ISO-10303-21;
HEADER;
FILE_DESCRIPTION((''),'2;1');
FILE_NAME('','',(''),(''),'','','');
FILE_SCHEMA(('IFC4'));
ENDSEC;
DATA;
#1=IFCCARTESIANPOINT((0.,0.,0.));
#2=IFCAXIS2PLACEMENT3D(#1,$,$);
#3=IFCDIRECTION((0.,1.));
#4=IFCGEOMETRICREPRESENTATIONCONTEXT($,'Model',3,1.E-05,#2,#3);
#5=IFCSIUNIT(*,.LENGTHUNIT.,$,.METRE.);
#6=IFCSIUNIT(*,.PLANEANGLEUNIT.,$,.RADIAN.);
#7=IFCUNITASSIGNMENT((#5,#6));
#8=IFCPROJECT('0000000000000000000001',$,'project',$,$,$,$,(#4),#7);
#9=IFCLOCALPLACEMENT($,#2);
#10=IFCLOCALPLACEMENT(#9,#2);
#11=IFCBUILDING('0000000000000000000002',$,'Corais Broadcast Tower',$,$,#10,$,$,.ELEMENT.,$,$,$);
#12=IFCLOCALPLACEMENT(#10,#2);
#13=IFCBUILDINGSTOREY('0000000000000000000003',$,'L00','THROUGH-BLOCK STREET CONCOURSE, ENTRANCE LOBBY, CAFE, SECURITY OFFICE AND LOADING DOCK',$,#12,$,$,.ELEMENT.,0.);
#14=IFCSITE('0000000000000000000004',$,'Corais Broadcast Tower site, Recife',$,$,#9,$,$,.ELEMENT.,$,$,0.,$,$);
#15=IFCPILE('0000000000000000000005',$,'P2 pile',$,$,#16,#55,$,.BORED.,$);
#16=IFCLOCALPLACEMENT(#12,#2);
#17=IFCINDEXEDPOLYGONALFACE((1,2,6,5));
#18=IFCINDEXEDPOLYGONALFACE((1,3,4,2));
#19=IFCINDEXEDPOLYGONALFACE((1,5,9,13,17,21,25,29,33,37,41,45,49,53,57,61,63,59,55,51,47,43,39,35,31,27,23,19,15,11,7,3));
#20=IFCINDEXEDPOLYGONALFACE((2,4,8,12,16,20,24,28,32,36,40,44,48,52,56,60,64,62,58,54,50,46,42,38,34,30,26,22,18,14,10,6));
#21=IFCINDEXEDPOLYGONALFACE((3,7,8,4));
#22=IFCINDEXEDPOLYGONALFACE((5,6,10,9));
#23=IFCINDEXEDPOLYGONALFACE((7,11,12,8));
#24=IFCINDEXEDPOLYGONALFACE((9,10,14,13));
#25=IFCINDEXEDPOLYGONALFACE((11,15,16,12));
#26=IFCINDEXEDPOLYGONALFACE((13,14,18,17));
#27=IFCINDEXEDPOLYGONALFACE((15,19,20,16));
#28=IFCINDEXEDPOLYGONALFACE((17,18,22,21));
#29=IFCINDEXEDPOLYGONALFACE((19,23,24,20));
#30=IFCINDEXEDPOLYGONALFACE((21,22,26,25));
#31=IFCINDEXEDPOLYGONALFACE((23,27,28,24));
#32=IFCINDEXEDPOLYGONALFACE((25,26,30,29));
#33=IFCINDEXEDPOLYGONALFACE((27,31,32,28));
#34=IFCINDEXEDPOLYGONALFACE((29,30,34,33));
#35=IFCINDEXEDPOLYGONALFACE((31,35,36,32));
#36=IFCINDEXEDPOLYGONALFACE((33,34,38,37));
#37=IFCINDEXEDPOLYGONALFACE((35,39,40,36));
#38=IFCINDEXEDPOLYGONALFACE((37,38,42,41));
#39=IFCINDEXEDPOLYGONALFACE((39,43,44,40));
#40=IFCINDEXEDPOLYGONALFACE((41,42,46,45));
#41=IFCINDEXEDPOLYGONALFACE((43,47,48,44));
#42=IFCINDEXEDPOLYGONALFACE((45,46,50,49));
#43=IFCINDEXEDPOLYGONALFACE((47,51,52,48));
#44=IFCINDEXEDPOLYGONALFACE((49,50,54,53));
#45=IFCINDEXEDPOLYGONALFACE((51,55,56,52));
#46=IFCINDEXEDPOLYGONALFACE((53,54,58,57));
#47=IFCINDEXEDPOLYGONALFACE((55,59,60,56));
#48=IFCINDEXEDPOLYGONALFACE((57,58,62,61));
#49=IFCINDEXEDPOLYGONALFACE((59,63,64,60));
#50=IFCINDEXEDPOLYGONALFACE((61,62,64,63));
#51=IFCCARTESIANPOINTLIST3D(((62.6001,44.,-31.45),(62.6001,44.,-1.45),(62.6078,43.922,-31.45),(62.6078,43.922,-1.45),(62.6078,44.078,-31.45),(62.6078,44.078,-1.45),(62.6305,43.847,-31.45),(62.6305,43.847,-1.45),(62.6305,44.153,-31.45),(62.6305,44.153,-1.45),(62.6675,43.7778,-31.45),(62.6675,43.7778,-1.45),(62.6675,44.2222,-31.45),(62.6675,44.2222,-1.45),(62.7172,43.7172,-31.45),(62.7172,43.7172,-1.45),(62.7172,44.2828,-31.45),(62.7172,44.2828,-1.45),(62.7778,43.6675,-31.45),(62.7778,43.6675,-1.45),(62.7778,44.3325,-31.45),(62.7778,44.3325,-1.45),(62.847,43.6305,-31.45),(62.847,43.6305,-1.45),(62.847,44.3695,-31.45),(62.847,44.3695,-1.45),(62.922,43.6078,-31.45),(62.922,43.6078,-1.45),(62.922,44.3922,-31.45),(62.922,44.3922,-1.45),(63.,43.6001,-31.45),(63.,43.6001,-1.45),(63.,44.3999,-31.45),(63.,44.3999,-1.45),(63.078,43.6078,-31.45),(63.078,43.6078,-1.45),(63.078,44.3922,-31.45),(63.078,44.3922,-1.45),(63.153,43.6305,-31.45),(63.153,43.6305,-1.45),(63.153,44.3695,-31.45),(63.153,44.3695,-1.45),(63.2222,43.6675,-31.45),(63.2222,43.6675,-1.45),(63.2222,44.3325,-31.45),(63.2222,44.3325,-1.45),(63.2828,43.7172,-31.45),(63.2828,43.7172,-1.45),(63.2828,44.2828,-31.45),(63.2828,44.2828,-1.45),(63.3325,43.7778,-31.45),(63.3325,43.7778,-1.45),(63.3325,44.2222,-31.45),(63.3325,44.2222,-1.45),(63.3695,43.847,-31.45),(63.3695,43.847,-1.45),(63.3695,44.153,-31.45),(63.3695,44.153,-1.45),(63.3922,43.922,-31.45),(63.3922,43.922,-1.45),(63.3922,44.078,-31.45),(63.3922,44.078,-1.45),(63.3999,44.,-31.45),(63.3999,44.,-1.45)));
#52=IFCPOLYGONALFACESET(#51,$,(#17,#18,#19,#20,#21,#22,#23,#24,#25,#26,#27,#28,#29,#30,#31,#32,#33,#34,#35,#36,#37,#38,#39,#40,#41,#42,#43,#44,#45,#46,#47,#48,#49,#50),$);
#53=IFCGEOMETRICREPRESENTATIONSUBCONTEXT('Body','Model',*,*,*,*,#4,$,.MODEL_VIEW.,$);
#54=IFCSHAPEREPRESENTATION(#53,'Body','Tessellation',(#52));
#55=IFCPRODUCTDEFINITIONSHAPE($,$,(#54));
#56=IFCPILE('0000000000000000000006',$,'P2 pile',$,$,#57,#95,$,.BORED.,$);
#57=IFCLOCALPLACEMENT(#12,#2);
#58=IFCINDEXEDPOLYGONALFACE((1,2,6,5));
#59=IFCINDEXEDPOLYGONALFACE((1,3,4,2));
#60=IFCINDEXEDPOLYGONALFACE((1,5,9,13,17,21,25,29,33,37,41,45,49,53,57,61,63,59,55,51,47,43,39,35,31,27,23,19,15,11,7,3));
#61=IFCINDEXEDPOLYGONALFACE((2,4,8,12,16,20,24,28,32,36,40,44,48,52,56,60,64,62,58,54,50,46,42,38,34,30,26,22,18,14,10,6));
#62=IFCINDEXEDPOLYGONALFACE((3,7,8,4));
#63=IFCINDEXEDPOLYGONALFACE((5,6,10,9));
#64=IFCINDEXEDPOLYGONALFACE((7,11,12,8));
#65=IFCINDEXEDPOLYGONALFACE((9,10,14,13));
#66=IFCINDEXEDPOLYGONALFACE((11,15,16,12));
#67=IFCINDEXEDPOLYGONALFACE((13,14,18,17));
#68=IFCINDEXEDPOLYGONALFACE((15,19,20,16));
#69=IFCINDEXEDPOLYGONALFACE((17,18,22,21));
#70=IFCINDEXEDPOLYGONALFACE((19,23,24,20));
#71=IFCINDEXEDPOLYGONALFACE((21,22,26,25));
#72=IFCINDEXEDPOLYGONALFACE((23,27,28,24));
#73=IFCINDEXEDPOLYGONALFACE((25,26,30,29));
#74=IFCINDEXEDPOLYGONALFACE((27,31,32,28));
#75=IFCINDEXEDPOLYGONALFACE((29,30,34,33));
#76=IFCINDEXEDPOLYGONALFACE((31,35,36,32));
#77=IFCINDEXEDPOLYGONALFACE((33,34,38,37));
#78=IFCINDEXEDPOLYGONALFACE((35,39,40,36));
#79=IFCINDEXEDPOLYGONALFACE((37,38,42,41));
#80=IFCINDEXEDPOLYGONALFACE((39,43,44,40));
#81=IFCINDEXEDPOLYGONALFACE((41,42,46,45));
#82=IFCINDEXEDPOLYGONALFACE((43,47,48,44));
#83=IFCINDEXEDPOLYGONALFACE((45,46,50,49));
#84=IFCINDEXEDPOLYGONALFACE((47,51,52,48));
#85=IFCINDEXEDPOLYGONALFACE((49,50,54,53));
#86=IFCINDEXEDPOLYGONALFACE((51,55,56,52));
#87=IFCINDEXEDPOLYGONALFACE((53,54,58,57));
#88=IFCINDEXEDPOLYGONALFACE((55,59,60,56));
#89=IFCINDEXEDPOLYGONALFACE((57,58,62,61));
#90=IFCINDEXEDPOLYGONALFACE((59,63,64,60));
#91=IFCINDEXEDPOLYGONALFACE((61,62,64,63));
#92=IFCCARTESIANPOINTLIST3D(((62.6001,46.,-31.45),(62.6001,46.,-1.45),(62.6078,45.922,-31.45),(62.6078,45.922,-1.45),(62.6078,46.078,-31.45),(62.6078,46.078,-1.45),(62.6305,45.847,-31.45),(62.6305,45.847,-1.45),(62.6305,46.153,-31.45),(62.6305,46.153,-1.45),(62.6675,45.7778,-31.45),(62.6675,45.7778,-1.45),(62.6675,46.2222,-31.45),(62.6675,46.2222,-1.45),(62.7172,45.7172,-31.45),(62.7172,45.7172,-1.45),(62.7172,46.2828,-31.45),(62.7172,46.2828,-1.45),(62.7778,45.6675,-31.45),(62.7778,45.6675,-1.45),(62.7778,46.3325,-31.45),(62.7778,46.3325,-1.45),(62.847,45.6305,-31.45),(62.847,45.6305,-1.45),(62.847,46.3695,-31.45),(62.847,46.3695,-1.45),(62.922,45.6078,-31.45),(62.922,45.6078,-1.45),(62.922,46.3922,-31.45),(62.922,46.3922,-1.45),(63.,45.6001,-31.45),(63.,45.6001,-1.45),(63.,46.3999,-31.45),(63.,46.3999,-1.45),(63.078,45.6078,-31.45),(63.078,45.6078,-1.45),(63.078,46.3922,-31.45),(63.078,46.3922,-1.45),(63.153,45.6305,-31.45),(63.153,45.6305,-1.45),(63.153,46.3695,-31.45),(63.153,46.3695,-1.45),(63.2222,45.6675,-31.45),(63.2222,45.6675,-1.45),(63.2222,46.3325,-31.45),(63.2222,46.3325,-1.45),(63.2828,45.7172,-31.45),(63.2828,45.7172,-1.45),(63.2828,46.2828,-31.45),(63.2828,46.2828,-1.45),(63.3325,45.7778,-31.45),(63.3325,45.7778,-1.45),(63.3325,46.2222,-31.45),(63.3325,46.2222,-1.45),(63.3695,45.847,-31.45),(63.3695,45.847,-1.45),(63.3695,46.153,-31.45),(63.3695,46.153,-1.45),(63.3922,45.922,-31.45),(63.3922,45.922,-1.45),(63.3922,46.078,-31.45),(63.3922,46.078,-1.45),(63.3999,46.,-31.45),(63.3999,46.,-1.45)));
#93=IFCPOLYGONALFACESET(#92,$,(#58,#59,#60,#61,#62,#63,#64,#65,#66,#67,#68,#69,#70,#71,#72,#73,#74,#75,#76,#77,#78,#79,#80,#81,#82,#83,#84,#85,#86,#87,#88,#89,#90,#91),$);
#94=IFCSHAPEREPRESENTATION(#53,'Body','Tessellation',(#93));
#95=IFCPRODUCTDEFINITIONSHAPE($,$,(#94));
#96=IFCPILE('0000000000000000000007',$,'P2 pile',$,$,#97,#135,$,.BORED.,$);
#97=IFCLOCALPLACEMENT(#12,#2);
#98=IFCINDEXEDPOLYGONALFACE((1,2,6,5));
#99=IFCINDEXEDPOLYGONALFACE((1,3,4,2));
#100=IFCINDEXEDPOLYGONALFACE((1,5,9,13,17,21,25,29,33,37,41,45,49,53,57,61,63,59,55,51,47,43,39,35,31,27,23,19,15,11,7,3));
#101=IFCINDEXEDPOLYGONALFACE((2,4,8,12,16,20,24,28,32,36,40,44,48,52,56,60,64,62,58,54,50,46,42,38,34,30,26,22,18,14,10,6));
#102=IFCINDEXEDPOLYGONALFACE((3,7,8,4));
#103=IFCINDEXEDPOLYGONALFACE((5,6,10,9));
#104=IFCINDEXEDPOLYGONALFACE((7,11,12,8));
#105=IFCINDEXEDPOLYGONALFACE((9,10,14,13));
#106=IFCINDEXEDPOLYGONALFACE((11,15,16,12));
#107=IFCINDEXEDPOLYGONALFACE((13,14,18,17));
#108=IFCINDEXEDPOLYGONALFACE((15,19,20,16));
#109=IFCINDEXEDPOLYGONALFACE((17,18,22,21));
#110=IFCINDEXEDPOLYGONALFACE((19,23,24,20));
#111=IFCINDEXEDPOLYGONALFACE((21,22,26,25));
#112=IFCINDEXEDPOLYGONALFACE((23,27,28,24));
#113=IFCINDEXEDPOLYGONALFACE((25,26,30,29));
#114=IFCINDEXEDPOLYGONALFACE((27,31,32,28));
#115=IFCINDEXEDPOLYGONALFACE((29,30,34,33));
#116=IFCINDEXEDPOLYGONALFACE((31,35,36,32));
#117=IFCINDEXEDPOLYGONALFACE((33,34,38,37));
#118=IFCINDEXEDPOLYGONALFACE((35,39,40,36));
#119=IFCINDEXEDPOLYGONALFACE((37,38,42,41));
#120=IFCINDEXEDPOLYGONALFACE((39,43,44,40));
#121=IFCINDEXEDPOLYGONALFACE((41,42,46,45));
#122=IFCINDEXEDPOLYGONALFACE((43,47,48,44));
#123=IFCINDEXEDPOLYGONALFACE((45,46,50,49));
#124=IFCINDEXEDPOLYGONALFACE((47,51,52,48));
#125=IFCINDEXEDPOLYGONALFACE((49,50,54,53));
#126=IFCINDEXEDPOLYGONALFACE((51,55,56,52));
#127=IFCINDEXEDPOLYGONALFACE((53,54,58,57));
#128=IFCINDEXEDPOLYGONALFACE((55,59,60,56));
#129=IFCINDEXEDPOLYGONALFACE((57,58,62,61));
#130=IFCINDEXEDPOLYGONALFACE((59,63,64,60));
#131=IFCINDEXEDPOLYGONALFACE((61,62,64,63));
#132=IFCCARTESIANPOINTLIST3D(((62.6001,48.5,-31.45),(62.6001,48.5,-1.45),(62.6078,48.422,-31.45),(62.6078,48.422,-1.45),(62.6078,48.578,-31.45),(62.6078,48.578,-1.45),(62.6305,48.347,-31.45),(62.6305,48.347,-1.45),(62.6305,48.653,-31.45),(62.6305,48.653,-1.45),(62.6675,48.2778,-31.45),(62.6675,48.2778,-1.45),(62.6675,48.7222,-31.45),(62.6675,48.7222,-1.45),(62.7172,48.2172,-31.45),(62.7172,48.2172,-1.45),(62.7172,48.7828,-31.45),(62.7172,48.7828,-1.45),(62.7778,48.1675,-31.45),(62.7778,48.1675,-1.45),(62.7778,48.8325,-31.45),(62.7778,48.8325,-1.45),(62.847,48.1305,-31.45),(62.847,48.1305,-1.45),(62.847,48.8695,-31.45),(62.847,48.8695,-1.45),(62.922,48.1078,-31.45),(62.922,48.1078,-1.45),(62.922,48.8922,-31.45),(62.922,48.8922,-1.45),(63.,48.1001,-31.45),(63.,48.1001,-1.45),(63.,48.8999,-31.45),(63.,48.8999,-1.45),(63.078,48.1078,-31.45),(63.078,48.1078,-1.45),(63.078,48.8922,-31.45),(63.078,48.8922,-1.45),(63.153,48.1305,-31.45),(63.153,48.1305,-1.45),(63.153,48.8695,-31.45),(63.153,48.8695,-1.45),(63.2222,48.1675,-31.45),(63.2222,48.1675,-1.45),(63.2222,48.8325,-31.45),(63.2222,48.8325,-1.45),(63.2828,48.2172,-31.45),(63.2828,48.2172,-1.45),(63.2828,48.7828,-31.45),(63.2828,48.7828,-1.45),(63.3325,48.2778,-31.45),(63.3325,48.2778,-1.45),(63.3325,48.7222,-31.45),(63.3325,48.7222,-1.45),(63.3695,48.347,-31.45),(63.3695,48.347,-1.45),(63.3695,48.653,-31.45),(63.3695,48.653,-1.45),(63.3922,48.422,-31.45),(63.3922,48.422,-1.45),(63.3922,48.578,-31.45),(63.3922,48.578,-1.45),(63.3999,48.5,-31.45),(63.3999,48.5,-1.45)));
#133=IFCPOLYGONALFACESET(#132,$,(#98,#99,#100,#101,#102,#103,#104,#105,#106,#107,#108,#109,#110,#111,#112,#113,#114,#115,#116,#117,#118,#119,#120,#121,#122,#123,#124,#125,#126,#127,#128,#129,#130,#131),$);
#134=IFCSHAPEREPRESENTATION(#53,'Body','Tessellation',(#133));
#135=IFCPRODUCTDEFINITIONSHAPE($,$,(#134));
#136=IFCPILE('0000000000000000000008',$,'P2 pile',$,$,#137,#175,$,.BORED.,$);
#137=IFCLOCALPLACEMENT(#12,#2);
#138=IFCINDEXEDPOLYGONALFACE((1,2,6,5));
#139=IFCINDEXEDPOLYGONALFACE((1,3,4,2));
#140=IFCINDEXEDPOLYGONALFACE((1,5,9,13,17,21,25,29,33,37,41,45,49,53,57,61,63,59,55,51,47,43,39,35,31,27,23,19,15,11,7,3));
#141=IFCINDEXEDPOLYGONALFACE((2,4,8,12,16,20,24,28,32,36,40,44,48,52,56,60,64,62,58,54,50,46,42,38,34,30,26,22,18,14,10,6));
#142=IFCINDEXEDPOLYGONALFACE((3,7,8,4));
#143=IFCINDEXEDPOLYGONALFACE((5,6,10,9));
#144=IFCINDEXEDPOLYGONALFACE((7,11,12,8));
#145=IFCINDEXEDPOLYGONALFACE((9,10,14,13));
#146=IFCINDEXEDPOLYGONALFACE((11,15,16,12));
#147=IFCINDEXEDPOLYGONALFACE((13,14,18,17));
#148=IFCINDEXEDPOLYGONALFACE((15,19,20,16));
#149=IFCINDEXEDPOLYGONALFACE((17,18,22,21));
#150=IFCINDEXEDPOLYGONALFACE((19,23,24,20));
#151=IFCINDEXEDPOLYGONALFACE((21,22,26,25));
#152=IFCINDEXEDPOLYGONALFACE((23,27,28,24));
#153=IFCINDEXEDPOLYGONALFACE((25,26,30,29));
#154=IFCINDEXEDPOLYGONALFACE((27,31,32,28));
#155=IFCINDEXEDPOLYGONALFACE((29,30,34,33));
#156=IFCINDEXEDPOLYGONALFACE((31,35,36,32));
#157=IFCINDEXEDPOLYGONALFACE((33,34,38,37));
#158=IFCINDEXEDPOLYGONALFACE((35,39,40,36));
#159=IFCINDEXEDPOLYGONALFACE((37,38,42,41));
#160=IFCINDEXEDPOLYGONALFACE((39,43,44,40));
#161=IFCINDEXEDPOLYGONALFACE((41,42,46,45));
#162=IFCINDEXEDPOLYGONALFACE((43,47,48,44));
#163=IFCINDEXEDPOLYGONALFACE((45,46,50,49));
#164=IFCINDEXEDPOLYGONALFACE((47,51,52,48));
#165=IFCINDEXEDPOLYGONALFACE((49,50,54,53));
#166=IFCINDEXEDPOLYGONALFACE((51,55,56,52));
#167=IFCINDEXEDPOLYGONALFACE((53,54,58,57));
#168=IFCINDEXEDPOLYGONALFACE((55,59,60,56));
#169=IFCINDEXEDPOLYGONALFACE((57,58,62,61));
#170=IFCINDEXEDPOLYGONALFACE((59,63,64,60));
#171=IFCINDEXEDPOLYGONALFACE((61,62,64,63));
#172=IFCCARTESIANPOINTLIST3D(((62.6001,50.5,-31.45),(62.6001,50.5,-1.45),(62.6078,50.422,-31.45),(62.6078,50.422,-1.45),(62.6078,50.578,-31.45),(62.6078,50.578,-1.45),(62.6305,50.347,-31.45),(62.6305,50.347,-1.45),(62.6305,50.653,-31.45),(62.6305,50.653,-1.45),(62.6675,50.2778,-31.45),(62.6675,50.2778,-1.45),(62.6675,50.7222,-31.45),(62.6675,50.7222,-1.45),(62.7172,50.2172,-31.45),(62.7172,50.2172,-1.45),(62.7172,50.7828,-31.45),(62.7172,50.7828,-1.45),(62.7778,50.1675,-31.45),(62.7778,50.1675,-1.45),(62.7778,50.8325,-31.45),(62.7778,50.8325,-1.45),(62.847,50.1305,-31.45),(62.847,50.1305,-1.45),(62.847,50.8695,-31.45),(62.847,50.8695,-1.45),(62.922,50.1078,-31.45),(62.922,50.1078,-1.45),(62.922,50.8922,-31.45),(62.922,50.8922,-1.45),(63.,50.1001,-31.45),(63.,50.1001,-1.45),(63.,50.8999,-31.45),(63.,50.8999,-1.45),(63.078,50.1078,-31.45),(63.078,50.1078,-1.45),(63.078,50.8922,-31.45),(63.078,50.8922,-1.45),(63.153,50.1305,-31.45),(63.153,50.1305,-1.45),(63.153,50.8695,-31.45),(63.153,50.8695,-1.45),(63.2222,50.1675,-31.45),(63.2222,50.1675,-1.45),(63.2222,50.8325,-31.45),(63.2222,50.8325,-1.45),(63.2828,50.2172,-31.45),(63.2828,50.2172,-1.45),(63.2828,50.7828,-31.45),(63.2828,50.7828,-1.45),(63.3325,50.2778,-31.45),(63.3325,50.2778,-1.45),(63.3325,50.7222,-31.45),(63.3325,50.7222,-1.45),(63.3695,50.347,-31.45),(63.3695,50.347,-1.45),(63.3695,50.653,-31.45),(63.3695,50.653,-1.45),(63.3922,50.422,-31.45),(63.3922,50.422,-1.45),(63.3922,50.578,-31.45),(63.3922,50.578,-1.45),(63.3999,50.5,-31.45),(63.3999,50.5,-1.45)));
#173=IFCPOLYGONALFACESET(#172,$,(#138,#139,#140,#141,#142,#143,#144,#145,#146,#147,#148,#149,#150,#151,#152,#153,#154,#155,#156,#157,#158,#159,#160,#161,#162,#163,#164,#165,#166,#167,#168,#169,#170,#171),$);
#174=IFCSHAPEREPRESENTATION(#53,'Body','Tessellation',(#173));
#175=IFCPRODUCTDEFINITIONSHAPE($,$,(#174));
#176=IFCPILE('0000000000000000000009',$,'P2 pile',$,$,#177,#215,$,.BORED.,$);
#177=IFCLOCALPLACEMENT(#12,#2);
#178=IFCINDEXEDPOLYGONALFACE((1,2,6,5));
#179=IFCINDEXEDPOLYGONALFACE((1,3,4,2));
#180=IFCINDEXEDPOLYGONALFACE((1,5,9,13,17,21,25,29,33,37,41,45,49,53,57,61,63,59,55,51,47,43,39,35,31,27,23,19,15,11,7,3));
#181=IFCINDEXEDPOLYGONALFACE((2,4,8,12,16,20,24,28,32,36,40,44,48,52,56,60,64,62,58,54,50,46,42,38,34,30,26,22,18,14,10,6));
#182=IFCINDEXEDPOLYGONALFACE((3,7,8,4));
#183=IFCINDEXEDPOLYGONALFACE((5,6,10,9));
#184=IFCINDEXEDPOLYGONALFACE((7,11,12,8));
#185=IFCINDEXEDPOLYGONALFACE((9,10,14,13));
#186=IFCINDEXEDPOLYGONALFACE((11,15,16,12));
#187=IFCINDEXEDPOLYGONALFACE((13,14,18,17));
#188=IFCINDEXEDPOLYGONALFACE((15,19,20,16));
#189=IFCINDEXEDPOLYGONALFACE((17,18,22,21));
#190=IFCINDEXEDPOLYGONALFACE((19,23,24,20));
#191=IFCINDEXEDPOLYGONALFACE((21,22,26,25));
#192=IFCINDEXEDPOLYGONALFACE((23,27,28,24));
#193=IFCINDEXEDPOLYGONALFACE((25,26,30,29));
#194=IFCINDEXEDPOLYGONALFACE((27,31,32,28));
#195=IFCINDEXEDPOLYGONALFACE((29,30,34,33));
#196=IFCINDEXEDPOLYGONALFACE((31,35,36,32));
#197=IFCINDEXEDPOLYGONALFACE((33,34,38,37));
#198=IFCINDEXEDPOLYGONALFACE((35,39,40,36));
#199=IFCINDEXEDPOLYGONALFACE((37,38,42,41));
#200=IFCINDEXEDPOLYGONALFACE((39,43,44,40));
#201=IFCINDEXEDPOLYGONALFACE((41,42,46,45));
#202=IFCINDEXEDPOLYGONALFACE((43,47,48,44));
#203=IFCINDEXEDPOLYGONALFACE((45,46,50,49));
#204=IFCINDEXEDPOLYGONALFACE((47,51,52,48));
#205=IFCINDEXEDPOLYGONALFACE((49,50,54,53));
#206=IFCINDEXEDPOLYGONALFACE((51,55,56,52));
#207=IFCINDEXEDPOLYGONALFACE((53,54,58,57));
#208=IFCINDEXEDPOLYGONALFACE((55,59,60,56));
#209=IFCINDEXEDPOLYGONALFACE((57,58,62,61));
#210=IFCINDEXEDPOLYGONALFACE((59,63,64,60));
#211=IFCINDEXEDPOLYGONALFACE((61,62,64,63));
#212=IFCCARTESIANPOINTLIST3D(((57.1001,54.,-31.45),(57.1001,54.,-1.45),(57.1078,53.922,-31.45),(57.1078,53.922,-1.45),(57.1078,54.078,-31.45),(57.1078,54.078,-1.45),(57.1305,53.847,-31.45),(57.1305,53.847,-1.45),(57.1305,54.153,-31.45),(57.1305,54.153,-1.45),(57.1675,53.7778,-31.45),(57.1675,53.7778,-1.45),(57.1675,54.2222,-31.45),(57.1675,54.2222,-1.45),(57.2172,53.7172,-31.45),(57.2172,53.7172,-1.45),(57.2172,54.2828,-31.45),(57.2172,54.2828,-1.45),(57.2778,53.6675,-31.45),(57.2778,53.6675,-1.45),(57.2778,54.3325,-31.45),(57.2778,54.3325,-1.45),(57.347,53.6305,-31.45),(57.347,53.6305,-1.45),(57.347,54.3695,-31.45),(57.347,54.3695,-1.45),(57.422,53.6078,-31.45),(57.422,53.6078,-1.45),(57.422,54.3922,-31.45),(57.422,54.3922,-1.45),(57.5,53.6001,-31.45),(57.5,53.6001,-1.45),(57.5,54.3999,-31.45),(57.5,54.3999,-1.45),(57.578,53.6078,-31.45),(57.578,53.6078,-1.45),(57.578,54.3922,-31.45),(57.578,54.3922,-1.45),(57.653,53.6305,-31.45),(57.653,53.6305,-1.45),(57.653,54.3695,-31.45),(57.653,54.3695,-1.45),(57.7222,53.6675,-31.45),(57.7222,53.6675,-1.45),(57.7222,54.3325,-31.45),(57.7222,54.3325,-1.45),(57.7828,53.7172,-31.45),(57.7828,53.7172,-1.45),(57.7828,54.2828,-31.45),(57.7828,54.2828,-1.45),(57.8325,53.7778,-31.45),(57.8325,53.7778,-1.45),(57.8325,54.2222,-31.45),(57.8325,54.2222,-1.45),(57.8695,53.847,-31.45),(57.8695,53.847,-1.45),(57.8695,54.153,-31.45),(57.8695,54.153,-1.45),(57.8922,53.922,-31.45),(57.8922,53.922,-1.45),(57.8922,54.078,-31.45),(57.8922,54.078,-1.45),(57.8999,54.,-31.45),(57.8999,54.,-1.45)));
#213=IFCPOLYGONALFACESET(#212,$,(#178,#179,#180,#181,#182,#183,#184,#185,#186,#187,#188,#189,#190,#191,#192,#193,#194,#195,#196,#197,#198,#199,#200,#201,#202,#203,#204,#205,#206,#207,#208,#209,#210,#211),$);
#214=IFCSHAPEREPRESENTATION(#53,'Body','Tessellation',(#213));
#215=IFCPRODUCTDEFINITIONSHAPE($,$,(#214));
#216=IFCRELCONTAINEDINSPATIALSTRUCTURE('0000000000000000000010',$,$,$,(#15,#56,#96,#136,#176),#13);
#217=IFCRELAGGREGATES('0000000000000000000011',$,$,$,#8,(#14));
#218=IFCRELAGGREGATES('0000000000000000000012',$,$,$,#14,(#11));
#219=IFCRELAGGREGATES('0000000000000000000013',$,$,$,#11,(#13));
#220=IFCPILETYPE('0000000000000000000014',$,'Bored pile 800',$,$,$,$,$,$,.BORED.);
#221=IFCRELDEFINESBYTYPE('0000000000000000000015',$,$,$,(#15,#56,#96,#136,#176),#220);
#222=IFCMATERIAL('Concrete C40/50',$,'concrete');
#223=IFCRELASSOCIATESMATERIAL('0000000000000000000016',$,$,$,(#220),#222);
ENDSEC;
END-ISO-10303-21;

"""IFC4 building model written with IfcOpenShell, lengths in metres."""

from ifc_helpers import new_model, si_unit, direction, frame, origin, origin_2d, place, context, subcontext, project, spatial, circle, extrude, material, type_object, element, save


model = new_model("IFC4")

# Units and contexts
model_context = context("Model", 3, precision=1e-05, world=origin(), true_north=direction((0.0, 1.0)))
body_context = subcontext(model_context, "Body", "Model", "MODEL_VIEW")
ifc_project = project(units=[si_unit("LENGTHUNIT", "METRE"), si_unit("PLANEANGLEUNIT", "RADIAN")], contexts=[model_context])

# Site, building, storey
site_placement = place(None, origin())
site = spatial("IfcSite", under=ifc_project, at=site_placement, Name="Corais Broadcast Tower site, Recife", CompositionType="ELEMENT", RefElevation=0.0)
building_placement = place(site_placement, origin())
building = spatial("IfcBuilding", under=site, at=building_placement, Name="Corais Broadcast Tower", CompositionType="ELEMENT")
storey_placement = place(building_placement, origin())
storey = spatial("IfcBuildingStorey", under=building, at=storey_placement, Name="L00", Description="THROUGH-BLOCK STREET CONCOURSE, ENTRANCE LOBBY, CAFE, SECURITY OFFICE AND LOADING DOCK", CompositionType="ELEMENT", Elevation=0.0)

# Piles
ifc_material_1 = material(Name="Concrete C40/50", Category="concrete")
pile_type = type_object("IfcPileType", Name="Bored pile 800", PredefinedType="BORED", material=ifc_material_1)
for number, where, z_axis, x_axis, name in (
    (1, (63.0, 44.0, -1.45), (0.0, 0.0, -1.0), (1.0, 0.0, 0.0), "P2 pile"),
    (2, (63.0, 46.0, -1.45), (0.0, 0.0, -1.0), (1.0, 0.0, 0.0), "P2 pile"),
    (3, (63.0, 48.5, -1.45), (0.0, 0.0, -1.0), (1.0, 0.0, 0.0), "P2 pile"),
    (4, (63.0, 50.5, -1.45), (0.0, 0.0, -1.0), (1.0, 0.0, 0.0), "P2 pile"),
    (5, (57.5, 54.0, -1.45), (0.0, 0.0, -1.0), (1.0, 0.0, 0.0), "P2 pile"),
):
    element("IfcPile", number, at=place(storey_placement, frame(where, z_axis=z_axis, x_axis=x_axis)), inside=storey, type_object=pile_type, Name=name, PredefinedType="BORED", context=body_context, shape_type="SweptSolid", body=[
        extrude(circle(Radius=0.3999, at=origin_2d()), origin(), (0.0, 0.0, 1.0), 30.0),
    ])

save(model, "model.ifc")
